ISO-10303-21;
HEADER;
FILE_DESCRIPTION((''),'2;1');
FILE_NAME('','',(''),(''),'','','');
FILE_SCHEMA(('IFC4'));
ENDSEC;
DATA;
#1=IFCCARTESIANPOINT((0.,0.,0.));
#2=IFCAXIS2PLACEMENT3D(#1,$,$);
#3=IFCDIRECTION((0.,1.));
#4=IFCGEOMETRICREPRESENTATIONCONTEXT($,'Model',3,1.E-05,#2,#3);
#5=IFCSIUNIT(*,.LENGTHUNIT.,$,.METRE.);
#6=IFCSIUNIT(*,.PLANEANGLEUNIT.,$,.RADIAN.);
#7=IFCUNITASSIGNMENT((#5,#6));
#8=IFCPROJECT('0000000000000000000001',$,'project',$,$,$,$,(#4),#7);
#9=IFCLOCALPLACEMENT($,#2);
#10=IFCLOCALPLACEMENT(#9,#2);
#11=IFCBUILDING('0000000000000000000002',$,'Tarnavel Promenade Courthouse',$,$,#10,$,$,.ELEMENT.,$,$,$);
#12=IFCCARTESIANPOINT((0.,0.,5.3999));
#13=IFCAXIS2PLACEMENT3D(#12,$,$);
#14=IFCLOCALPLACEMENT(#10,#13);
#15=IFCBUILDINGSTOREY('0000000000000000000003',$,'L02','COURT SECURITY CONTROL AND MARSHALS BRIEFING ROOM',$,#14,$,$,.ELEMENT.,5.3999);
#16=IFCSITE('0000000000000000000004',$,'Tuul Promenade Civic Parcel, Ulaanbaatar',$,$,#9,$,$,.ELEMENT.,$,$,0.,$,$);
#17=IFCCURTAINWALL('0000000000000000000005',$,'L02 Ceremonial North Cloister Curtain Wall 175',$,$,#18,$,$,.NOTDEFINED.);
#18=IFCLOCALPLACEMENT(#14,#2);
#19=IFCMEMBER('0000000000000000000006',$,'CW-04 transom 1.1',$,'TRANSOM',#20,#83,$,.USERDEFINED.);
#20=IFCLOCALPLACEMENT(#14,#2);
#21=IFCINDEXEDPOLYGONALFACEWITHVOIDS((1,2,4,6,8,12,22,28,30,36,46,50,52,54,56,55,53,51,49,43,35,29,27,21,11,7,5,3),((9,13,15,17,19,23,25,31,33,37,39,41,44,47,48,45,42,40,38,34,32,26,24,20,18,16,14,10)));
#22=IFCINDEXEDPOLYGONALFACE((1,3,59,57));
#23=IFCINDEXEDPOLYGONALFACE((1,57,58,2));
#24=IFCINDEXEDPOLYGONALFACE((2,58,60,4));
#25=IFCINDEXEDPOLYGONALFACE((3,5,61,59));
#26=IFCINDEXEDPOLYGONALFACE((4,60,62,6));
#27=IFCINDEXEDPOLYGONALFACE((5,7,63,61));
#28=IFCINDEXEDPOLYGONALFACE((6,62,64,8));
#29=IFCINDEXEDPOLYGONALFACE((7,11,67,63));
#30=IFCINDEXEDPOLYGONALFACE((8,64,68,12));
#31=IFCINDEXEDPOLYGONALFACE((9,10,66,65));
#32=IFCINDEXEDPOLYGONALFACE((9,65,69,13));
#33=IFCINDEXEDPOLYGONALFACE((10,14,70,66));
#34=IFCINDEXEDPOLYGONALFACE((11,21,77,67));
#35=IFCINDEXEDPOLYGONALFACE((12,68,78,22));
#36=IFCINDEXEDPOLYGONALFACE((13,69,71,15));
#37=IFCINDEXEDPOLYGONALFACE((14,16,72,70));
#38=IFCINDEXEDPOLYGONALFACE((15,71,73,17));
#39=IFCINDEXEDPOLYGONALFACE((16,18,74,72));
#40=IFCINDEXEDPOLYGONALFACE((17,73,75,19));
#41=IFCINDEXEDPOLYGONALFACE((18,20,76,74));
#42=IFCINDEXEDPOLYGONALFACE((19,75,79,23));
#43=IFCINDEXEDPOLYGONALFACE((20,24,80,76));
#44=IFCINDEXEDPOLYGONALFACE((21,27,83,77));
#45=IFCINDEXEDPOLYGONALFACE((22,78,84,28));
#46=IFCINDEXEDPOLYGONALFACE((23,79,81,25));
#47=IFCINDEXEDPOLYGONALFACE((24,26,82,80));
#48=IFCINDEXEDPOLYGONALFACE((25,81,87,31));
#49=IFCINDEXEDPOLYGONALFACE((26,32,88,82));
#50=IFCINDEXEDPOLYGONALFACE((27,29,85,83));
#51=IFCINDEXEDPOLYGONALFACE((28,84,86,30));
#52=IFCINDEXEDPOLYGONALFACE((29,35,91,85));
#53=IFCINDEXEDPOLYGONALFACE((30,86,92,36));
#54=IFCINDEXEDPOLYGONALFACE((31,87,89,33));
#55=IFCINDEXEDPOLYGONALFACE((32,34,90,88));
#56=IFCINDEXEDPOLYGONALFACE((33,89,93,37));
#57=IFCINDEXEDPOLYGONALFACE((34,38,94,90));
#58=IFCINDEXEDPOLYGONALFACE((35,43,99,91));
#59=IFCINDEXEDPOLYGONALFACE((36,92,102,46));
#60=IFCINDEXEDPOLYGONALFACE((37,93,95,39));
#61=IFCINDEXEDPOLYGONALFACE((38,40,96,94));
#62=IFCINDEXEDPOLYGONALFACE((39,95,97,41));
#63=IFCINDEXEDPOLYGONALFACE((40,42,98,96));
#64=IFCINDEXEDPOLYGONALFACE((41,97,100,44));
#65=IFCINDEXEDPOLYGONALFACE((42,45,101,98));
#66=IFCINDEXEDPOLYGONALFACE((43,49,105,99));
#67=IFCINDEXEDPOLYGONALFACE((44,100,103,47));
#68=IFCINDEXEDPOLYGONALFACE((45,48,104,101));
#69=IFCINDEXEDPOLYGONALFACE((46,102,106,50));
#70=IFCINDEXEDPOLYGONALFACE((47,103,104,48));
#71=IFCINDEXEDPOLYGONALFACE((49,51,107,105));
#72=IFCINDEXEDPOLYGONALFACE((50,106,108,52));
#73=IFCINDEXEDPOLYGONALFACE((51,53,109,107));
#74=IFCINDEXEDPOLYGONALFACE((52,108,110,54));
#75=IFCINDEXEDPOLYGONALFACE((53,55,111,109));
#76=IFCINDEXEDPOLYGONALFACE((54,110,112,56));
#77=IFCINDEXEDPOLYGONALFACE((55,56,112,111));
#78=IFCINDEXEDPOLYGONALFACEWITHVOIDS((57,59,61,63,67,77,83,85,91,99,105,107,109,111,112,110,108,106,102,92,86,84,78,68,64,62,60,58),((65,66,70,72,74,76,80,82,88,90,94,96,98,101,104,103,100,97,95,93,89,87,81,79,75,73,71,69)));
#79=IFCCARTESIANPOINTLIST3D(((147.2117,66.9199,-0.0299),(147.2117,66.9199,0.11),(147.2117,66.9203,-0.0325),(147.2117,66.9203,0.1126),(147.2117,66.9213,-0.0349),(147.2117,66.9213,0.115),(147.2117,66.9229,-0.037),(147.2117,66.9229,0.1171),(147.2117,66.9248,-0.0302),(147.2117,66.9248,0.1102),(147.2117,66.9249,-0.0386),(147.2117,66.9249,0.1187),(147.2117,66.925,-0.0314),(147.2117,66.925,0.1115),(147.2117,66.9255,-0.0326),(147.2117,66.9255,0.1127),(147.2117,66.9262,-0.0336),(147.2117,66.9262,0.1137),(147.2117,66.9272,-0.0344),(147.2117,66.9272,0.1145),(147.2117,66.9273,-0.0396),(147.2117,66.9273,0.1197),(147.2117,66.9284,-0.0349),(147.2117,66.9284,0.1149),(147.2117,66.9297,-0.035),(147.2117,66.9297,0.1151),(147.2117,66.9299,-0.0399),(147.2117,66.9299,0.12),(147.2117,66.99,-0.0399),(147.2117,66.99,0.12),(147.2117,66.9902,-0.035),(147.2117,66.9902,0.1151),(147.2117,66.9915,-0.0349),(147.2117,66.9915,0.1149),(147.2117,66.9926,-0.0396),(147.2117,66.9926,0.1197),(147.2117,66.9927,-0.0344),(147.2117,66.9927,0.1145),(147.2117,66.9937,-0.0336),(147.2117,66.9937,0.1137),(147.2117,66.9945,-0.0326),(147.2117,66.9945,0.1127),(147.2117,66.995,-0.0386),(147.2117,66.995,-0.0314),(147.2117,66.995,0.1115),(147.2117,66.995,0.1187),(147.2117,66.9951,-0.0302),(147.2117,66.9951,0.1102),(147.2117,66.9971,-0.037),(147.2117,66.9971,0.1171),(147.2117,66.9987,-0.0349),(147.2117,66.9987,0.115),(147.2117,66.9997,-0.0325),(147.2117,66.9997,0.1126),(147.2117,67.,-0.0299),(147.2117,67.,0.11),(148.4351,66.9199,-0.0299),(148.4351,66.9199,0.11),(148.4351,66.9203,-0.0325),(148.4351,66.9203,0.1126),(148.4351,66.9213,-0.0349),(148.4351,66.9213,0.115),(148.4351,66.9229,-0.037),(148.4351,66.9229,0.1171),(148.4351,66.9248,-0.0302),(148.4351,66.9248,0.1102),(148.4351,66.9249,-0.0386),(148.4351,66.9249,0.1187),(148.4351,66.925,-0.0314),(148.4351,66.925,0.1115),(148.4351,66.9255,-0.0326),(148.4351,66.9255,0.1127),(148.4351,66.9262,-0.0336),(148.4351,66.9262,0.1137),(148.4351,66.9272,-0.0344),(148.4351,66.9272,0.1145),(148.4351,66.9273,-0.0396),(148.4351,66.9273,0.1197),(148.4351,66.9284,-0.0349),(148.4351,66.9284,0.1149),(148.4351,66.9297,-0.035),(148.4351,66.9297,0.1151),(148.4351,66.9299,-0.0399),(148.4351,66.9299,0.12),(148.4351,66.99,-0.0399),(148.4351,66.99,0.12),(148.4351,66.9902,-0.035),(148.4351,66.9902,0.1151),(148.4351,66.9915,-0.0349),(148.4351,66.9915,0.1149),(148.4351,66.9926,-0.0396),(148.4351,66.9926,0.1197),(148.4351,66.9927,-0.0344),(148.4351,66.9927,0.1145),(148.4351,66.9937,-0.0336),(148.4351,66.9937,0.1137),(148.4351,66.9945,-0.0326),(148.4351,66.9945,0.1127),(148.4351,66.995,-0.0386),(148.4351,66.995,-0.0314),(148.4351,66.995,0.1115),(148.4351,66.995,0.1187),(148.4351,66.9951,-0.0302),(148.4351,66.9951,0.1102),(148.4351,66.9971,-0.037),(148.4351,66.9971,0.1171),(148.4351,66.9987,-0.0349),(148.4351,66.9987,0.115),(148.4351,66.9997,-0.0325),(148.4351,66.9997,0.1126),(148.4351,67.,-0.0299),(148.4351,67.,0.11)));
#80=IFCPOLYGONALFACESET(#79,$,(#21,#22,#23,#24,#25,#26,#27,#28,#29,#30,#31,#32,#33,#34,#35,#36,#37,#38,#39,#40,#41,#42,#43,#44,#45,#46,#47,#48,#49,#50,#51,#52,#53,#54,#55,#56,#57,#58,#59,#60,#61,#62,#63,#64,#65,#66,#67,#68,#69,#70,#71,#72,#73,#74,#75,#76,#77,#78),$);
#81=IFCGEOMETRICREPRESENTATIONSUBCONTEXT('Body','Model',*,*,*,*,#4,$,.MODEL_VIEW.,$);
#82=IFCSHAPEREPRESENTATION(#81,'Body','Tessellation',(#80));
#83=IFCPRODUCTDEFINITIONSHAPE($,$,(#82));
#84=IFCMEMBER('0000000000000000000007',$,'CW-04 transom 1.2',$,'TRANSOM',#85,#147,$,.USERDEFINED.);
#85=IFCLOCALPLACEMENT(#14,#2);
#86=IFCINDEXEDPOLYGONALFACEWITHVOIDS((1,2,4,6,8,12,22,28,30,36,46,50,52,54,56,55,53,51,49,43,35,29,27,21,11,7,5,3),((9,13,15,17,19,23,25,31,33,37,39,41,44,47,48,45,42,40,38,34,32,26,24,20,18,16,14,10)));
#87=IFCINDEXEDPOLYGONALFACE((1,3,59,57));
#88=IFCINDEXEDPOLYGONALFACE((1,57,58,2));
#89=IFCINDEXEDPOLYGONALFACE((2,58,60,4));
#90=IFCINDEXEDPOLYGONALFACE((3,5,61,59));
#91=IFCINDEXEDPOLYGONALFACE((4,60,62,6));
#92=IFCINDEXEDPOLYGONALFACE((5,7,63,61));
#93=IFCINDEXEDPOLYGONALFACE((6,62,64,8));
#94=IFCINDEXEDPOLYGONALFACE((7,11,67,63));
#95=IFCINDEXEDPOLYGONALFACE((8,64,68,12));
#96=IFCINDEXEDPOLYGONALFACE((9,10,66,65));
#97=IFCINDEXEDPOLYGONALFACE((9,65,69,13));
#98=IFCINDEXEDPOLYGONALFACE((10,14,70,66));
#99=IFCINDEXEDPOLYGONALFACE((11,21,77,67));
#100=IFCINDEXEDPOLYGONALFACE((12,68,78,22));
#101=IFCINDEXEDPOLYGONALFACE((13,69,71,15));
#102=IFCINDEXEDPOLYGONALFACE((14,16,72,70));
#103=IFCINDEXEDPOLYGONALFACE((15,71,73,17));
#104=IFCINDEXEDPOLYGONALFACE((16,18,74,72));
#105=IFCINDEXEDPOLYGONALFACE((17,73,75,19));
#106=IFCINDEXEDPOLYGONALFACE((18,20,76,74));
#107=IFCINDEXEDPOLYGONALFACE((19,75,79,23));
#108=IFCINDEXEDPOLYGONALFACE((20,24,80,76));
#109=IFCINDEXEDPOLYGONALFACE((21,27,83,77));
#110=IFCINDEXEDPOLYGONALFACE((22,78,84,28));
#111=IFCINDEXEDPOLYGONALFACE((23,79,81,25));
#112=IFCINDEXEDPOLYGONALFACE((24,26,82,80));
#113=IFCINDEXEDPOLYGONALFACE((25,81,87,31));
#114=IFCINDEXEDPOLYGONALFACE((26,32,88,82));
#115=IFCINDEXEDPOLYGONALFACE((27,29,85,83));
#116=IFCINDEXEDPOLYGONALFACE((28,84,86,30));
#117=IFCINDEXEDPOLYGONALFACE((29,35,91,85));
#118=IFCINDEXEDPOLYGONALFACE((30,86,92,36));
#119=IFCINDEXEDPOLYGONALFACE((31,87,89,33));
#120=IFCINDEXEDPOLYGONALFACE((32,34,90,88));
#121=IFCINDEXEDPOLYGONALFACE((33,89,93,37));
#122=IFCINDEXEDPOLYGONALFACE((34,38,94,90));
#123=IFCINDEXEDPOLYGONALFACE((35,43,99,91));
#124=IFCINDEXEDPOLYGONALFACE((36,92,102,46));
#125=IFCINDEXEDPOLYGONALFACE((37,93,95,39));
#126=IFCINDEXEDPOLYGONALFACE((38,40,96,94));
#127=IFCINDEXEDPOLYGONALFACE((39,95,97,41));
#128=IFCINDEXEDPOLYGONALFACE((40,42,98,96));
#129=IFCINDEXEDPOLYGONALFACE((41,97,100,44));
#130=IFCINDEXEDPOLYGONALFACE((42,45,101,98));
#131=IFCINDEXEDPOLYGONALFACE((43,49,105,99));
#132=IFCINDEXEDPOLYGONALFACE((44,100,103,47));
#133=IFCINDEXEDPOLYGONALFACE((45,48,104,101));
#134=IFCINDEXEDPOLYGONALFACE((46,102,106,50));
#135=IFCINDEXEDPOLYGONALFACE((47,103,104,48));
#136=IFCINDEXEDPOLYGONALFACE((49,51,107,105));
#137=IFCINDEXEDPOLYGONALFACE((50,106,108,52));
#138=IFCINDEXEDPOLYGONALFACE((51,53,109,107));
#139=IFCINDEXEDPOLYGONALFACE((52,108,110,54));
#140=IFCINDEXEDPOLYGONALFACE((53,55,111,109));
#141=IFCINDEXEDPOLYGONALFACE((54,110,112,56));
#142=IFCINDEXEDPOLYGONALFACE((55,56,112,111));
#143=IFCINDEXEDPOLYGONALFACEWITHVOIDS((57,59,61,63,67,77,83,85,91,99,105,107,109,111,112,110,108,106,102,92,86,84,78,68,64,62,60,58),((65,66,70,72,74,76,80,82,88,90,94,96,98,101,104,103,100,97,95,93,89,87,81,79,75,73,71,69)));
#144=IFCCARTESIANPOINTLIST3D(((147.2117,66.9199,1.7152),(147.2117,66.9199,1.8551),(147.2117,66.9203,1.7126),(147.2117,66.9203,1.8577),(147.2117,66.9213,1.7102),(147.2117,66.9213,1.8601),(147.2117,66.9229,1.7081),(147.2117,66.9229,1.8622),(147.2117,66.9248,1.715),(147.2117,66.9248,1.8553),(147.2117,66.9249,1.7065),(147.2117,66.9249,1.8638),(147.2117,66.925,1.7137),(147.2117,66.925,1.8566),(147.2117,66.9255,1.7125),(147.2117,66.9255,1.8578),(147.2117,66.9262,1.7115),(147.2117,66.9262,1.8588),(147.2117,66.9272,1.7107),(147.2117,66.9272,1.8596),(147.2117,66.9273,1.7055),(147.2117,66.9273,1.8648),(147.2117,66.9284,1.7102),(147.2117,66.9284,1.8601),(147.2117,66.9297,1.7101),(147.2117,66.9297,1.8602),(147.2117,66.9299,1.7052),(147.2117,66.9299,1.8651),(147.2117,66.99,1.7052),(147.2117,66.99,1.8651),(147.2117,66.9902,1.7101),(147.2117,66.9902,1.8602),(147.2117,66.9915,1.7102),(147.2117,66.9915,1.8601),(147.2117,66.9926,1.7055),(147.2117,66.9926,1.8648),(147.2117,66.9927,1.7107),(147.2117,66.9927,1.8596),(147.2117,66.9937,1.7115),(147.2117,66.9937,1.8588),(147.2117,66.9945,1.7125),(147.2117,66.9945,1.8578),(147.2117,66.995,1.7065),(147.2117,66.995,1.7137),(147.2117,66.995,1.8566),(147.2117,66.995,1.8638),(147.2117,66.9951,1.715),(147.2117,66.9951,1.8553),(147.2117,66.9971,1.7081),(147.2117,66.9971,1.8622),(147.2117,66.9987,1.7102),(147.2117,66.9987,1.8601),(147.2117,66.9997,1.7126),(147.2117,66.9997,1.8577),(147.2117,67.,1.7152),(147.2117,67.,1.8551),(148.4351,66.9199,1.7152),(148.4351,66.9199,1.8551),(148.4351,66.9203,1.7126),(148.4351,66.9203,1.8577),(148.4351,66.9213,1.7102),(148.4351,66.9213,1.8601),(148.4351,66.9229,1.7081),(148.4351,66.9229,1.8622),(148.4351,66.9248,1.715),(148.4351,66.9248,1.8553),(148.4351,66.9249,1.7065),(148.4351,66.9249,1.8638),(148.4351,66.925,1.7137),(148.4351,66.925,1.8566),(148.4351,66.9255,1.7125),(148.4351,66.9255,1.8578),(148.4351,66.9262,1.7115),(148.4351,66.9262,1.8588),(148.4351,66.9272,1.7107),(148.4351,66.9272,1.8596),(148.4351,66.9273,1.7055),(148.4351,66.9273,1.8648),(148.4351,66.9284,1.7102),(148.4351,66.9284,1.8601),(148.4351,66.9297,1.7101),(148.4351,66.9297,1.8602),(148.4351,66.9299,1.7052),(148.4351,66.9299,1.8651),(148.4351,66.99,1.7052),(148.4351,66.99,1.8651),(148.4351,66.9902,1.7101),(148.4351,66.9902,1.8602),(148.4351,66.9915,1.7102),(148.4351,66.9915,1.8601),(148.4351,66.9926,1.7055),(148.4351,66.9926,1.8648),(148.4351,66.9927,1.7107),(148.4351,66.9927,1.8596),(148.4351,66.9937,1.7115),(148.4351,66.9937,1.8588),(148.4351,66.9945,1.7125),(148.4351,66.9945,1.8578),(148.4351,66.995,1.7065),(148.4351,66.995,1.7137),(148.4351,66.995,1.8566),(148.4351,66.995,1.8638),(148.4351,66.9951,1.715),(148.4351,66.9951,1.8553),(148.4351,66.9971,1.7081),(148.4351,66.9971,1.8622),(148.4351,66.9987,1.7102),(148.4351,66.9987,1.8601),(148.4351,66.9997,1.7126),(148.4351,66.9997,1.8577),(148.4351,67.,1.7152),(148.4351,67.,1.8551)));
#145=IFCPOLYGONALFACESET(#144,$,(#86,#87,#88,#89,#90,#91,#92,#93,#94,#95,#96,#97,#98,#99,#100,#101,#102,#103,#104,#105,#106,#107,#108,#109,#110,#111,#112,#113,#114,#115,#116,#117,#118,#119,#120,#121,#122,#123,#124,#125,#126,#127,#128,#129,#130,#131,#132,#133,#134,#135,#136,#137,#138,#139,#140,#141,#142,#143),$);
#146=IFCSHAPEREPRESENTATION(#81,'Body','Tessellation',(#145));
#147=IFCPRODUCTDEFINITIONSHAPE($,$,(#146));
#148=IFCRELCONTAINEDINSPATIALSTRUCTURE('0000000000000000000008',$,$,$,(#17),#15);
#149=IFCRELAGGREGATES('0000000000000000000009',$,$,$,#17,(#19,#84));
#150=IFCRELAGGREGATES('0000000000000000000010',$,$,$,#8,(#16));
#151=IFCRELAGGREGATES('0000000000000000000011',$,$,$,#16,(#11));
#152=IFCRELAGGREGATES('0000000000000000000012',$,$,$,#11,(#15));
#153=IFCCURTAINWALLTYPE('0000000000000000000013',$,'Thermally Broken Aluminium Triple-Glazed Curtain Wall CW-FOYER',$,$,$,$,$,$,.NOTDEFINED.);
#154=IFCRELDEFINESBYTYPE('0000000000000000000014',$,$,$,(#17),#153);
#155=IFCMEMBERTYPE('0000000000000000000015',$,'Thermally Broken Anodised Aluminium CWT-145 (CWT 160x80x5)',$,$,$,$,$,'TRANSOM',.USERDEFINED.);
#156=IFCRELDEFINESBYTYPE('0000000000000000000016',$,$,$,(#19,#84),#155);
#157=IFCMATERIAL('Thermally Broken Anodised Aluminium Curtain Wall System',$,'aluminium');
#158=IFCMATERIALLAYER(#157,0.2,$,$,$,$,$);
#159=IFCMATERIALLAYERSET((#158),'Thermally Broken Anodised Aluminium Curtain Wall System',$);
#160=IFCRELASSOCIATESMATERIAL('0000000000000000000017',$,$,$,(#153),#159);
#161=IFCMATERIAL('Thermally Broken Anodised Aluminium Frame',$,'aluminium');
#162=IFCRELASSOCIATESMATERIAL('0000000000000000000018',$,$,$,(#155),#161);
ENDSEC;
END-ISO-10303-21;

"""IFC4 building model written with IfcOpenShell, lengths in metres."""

from ifc_helpers import new_model, si_unit, direction, frame, origin, origin_2d, place, context, subcontext, project, spatial, hollow_rectangle, extrude, material, layer, layer_set, material_profile, profile_set, type_object, element, aggregate, save


model = new_model("IFC4")

# Units and contexts
model_context = context("Model", 3, precision=1e-05, world=origin(), true_north=direction((0.0, 1.0)))
body_context = subcontext(model_context, "Body", "Model", "MODEL_VIEW")
ifc_project = project(units=[si_unit("LENGTHUNIT", "METRE"), si_unit("PLANEANGLEUNIT", "RADIAN")], contexts=[model_context])

# Site, building, storey
site_placement = place(None, origin())
site = spatial("IfcSite", under=ifc_project, at=site_placement, Name="Tuul Promenade Civic Parcel, Ulaanbaatar", CompositionType="ELEMENT", RefElevation=0.0)
building_placement = place(site_placement, origin())
building = spatial("IfcBuilding", under=site, at=building_placement, Name="Tarnavel Promenade Courthouse", CompositionType="ELEMENT")
storey_placement = place(building_placement, frame((0.0, 0.0, 5.3999)))
storey = spatial("IfcBuildingStorey", under=building, at=storey_placement, Name="L02", Description="COURT SECURITY CONTROL AND MARSHALS BRIEFING ROOM", CompositionType="ELEMENT", Elevation=5.3999)

# Curtain wall
ifc_material_1 = material(Name="Thermally Broken Anodised Aluminium Curtain Wall System", Category="aluminium")
ifc_layer_1 = layer(ifc_material_1, 0.2)
ifc_layer_set_1 = layer_set([ifc_layer_1], Name="Thermally Broken Anodised Aluminium Curtain Wall System")
curtain_wall_type = type_object("IfcCurtainWallType", Name="Thermally Broken Aluminium Triple-Glazed Curtain Wall CW-FOYER", PredefinedType="NOTDEFINED", material=ifc_layer_set_1)
ifc_material_2 = material(Name="Thermally Broken Anodised Aluminium Frame", Category="aluminium")
curtain_wall_1_placement = place(storey_placement, origin())
curtain_wall_1 = element("IfcCurtainWall", 1, at=curtain_wall_1_placement, inside=storey, type_object=curtain_wall_type, Name="L02 Ceremonial North Cloister Curtain Wall 175", PredefinedType="NOTDEFINED")

# Members
ifc_material_profile_1 = material_profile(ifc_material_2, hollow_rectangle(XDim=0.0801, YDim=0.1599, WallThickness=0.0049, InnerFilletRadius=0.0049, OuterFilletRadius=0.01, at=origin_2d()), Name="CWT 160x80x5")
ifc_profile_set_1 = profile_set([ifc_material_profile_1], Name="Thermally Broken Anodised Aluminium Frame")
member_type_1 = type_object("IfcMemberType", Name="Thermally Broken Anodised Aluminium CWT-145 (CWT 160x80x5)", ElementType="TRANSOM", PredefinedType="USERDEFINED", material=ifc_profile_set_1)
member_1_placement = place(storey_placement, frame((148.4351, 66.96, 0.04), z_axis=(-1.0, 0.0, 0.0), x_axis=(0.0, -1.0, 0.0)))
member_1 = element("IfcMember", 2, at=member_1_placement, type_object=member_type_1, Name="CW-04 transom 1.1", ObjectType="TRANSOM", PredefinedType="USERDEFINED", context=body_context, shape_type="SweptSolid", body=[
    extrude(hollow_rectangle(XDim=0.0801, YDim=0.1599, WallThickness=0.0049, InnerFilletRadius=0.0049, OuterFilletRadius=0.01, at=origin_2d()), origin(), (0.0, 0.0, 1.0), 1.2234),
])
member_2_placement = place(storey_placement, frame((148.4351, 66.96, 1.7852), z_axis=(-1.0, 0.0, 0.0), x_axis=(0.0, -1.0, 0.0)))
member_2 = element("IfcMember", 3, at=member_2_placement, type_object=member_type_1, Name="CW-04 transom 1.2", ObjectType="TRANSOM", PredefinedType="USERDEFINED", context=body_context, shape_type="SweptSolid", body=[
    extrude(hollow_rectangle(XDim=0.0801, YDim=0.1599, WallThickness=0.0049, InnerFilletRadius=0.0049, OuterFilletRadius=0.01, at=origin_2d()), origin(), (0.0, 0.0, 1.0), 1.2234),
])

aggregate(curtain_wall_1, [member_1, member_2])

save(model, "model.ifc")
